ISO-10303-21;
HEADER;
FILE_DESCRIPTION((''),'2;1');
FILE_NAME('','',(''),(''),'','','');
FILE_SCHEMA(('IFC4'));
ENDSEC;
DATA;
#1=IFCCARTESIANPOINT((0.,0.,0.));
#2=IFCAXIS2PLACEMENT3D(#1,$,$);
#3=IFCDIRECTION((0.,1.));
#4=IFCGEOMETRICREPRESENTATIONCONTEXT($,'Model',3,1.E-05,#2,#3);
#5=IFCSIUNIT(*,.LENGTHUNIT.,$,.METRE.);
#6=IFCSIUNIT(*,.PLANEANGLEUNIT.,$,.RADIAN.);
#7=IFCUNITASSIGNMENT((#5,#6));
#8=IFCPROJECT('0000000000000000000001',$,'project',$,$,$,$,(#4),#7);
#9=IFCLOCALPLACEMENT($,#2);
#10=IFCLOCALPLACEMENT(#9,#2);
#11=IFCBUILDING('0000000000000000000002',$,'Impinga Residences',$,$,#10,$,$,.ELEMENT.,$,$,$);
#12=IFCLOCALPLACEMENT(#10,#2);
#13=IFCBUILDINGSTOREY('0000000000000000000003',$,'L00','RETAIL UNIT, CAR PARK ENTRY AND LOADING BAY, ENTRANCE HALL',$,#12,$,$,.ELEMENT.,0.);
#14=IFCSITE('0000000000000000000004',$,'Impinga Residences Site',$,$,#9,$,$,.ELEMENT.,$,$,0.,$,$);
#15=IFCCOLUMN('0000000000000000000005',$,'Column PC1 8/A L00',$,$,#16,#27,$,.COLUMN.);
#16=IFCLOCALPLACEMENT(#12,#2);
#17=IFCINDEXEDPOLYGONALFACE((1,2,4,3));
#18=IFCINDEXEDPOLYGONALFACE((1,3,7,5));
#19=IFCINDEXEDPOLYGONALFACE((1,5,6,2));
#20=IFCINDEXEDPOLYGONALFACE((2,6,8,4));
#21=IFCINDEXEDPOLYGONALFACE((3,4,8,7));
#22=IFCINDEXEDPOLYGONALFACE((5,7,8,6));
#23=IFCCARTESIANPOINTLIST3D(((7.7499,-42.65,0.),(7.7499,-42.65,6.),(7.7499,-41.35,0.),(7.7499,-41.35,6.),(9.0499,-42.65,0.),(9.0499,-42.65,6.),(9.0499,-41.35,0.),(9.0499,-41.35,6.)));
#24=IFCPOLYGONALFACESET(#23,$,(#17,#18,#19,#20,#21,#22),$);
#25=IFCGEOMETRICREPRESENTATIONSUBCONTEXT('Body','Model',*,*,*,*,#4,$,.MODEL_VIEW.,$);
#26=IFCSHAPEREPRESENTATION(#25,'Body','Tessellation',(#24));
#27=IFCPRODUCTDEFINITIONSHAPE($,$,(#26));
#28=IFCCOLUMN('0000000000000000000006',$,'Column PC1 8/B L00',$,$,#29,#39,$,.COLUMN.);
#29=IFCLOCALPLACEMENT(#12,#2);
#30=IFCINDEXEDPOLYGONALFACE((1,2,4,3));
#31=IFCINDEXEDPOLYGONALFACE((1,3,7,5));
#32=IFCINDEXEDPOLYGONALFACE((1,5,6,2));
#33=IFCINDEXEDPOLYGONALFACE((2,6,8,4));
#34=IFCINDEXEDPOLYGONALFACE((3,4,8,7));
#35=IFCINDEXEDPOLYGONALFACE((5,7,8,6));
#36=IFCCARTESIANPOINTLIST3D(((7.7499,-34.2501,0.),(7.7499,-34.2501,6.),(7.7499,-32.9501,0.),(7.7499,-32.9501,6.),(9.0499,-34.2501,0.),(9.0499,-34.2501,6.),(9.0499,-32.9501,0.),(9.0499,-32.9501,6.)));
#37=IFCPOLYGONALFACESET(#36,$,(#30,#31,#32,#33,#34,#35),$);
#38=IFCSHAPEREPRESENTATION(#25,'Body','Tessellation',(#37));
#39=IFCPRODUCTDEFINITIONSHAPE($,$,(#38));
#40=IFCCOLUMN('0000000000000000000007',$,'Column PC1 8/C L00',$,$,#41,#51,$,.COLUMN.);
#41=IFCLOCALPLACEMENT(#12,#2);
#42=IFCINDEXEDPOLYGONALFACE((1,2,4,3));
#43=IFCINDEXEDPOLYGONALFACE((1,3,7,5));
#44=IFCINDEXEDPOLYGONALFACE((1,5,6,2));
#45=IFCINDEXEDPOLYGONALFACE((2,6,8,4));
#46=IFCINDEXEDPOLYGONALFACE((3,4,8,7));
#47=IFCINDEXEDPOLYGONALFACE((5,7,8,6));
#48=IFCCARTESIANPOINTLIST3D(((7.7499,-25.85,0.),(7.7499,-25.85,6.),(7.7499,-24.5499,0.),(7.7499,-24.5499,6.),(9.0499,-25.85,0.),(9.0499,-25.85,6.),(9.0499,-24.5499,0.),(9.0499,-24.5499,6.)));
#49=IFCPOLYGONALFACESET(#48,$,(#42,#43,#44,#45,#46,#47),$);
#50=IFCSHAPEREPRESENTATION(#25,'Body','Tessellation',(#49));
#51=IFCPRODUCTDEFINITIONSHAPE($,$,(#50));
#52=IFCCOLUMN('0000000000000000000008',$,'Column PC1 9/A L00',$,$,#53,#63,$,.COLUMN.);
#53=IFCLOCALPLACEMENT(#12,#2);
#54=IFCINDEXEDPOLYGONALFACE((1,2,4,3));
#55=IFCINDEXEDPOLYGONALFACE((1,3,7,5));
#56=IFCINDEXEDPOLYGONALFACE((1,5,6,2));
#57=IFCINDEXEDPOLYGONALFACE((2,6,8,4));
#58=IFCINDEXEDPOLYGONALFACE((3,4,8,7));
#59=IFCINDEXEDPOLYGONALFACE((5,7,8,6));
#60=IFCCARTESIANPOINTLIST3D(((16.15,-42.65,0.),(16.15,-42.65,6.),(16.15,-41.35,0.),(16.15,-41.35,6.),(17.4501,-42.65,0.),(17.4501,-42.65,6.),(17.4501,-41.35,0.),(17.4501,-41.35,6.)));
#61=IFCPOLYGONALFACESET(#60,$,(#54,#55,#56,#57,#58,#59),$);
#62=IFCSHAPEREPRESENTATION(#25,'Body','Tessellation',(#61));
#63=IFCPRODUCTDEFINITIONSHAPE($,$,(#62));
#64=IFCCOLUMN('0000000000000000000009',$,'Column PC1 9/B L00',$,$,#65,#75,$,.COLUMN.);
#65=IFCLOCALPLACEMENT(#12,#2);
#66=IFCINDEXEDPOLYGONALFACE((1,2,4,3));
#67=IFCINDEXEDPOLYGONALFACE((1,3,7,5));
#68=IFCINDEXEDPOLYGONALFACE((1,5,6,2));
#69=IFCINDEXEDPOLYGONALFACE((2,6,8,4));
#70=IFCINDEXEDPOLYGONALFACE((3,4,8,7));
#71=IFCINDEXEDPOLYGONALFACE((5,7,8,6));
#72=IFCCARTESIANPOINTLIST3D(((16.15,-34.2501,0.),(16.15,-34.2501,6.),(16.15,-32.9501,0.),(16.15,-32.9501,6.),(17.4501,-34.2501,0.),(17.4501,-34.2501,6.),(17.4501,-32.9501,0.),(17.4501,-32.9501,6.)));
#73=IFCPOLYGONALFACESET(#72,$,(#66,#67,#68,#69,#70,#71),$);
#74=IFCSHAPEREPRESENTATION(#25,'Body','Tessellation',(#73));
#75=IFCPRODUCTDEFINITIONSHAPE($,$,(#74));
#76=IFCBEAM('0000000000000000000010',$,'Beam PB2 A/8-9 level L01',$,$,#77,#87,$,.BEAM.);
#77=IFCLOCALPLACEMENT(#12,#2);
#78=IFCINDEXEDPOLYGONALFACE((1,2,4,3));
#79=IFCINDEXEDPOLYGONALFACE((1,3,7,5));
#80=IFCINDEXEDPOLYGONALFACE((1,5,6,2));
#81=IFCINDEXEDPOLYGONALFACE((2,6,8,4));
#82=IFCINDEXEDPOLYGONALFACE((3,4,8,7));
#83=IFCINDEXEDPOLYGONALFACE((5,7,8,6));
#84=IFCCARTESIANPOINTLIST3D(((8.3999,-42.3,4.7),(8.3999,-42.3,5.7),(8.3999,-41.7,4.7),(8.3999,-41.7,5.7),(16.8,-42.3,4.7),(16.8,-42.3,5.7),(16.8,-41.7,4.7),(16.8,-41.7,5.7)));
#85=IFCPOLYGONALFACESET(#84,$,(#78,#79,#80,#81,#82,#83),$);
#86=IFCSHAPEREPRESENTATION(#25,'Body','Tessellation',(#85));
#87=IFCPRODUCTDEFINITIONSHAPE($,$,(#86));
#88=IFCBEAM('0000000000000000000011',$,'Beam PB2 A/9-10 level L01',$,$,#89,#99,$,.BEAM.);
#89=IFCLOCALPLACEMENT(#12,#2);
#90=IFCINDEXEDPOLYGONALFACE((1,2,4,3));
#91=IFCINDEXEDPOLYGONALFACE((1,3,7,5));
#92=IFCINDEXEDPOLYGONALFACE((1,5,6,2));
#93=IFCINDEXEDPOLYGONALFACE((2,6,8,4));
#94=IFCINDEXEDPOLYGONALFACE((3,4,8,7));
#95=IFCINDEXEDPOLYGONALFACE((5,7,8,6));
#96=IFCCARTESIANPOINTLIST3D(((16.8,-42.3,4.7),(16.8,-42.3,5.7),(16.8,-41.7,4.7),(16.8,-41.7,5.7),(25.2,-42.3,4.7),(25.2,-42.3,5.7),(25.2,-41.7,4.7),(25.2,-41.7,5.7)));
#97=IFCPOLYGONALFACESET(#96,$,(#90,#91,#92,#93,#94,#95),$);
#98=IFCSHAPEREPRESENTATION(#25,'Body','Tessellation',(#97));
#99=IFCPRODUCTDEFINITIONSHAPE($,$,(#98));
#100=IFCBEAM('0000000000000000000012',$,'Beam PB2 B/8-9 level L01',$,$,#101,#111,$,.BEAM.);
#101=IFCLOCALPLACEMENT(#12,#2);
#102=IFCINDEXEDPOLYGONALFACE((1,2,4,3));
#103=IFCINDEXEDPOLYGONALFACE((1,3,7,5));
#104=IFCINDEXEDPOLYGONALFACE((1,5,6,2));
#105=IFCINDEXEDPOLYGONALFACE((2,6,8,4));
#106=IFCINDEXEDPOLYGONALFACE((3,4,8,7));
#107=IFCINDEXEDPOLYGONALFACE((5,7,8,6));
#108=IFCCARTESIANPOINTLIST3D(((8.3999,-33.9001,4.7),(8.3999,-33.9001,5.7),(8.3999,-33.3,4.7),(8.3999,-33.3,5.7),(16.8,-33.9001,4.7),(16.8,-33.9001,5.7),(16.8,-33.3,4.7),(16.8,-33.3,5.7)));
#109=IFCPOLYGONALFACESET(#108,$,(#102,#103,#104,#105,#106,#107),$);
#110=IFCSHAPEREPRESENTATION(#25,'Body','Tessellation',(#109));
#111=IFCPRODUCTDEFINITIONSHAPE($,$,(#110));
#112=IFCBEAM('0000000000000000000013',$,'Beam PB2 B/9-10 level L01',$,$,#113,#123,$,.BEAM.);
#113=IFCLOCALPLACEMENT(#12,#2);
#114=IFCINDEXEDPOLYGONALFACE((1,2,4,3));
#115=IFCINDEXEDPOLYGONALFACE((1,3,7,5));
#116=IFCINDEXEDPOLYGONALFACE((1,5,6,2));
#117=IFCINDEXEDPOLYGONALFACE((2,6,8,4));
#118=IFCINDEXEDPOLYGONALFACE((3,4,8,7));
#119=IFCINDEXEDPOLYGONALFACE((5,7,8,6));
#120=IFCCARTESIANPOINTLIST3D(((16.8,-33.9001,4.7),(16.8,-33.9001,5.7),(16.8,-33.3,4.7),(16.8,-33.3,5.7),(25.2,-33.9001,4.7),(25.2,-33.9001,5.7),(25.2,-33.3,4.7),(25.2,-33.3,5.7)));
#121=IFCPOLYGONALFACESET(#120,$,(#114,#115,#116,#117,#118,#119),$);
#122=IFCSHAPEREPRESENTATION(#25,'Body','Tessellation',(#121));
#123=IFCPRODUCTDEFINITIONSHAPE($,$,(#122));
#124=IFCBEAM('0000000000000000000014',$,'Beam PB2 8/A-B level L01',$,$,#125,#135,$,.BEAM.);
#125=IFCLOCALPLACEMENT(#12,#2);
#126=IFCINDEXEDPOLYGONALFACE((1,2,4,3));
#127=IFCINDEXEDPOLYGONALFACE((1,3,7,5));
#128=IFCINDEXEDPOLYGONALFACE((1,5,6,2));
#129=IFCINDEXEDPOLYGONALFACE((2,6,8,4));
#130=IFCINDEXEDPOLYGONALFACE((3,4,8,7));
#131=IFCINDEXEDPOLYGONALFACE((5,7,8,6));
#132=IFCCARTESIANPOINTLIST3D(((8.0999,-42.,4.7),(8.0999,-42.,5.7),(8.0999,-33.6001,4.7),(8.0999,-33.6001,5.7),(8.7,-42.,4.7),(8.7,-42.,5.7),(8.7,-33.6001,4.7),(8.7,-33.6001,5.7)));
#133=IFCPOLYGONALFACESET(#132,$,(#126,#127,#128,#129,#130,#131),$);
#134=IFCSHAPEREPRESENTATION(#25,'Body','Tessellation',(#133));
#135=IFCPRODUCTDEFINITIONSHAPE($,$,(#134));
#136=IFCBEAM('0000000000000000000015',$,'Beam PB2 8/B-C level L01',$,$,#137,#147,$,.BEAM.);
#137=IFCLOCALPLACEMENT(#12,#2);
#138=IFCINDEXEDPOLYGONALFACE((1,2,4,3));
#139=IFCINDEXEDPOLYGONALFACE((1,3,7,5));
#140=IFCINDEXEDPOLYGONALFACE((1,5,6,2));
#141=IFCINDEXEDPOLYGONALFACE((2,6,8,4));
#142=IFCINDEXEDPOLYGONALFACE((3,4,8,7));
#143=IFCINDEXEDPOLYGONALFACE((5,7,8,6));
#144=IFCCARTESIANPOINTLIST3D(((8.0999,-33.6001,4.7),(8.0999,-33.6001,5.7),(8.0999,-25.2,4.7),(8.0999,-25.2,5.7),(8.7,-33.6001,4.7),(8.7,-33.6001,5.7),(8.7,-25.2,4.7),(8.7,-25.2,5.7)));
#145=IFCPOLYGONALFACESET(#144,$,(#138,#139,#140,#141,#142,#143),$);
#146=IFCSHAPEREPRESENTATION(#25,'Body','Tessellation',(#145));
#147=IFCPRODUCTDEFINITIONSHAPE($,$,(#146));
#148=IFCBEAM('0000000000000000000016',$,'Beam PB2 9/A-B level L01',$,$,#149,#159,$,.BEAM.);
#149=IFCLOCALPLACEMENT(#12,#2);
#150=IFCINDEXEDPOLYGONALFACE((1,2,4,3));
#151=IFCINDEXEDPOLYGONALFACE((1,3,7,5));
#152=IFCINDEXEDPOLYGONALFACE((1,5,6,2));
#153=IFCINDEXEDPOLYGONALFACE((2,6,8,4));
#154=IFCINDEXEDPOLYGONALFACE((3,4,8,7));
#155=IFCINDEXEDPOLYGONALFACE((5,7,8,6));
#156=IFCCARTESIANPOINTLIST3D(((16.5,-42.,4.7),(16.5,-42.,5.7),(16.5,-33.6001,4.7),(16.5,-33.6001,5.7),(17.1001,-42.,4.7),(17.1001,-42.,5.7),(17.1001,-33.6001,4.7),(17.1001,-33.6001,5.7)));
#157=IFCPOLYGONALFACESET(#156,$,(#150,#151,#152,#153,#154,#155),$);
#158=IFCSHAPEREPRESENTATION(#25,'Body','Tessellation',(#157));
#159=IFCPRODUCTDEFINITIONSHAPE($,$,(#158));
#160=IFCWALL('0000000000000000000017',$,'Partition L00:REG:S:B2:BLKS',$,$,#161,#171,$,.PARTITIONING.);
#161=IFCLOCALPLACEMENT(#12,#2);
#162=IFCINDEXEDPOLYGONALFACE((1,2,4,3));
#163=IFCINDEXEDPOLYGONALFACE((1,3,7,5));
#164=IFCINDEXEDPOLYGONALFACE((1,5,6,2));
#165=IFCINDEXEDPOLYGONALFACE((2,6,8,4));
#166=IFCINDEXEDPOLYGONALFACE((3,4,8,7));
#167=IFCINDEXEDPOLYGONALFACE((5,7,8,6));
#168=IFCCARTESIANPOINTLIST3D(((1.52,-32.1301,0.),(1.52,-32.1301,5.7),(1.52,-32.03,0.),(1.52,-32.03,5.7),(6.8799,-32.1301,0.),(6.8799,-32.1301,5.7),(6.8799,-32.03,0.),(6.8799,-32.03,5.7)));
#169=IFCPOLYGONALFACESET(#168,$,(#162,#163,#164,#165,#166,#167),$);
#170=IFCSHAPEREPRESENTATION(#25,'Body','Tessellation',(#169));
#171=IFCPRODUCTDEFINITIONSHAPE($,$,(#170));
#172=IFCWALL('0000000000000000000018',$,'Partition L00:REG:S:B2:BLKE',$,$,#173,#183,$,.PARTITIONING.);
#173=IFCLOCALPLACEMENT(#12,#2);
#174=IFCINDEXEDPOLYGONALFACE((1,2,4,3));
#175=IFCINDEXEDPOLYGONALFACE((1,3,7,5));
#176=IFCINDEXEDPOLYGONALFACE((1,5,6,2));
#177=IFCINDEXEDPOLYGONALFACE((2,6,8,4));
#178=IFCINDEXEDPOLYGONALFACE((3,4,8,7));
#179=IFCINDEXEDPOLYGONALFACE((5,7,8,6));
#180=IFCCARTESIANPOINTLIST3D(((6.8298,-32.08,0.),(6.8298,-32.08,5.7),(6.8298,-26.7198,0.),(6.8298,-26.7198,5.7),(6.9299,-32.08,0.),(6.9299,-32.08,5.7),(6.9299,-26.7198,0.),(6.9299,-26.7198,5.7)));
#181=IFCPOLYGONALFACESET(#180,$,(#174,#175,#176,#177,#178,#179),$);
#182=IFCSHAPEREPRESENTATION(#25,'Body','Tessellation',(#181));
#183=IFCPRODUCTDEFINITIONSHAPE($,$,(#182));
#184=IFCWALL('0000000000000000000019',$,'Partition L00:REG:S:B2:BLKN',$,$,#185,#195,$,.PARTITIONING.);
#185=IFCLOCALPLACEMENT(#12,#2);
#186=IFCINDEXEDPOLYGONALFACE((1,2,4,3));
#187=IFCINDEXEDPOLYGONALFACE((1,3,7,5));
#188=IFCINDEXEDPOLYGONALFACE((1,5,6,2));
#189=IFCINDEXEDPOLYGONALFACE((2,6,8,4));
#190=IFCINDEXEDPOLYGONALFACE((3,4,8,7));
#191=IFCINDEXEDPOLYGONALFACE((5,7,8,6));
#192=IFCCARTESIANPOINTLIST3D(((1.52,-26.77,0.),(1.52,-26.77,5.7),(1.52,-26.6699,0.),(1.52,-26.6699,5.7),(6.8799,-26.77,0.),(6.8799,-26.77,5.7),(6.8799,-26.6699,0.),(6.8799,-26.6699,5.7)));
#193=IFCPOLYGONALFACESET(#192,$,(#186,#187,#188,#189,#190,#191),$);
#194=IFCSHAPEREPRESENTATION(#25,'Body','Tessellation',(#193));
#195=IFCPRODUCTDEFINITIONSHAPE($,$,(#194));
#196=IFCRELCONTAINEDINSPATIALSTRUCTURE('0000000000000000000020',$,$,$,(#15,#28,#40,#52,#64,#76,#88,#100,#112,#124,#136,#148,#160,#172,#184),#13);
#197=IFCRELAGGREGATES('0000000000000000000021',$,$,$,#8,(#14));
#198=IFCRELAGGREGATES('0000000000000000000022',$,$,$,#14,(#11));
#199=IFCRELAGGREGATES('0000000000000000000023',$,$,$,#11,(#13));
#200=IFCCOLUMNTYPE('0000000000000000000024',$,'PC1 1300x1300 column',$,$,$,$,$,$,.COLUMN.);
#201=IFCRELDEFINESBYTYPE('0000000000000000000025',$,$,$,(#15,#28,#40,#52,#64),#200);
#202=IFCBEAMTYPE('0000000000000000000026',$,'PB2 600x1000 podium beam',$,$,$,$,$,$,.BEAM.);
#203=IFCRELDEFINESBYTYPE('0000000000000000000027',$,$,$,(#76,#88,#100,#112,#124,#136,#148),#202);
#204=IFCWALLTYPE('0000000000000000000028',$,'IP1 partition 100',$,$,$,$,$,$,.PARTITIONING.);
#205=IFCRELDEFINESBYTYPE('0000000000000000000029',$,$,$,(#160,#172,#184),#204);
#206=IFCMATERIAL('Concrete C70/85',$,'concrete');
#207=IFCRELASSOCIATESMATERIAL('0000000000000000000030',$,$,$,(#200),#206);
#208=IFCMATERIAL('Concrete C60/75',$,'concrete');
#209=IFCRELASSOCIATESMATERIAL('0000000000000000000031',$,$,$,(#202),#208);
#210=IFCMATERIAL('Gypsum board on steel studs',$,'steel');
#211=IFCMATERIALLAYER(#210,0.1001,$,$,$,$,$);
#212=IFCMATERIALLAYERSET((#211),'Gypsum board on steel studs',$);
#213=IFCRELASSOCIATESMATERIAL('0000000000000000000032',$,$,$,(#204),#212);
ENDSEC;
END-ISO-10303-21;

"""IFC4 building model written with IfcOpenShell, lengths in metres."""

from ifc_helpers import new_model, si_unit, direction, frame, frame_2d, origin, origin_2d, place, context, subcontext, project, spatial, rectangle, extrude, material, layer, layer_set, material_profile, profile_set, type_object, element, save


model = new_model("IFC4")

# Units and contexts
model_context = context("Model", 3, precision=1e-05, world=origin(), true_north=direction((0.0, 1.0)))
body_context = subcontext(model_context, "Body", "Model", "MODEL_VIEW")
ifc_project = project(units=[si_unit("LENGTHUNIT", "METRE"), si_unit("PLANEANGLEUNIT", "RADIAN")], contexts=[model_context])

# Site, building, storey
site_placement = place(None, origin())
site = spatial("IfcSite", under=ifc_project, at=site_placement, Name="Impinga Residences Site", CompositionType="ELEMENT", RefElevation=0.0)
building_placement = place(site_placement, origin())
building = spatial("IfcBuilding", under=site, at=building_placement, Name="Impinga Residences", CompositionType="ELEMENT")
storey_placement = place(building_placement, origin())
storey = spatial("IfcBuildingStorey", under=building, at=storey_placement, Name="L00", Description="RETAIL UNIT, CAR PARK ENTRY AND LOADING BAY, ENTRANCE HALL", CompositionType="ELEMENT", Elevation=0.0)

# Columns
ifc_material_1 = material(Name="Concrete C70/85", Category="concrete")
ifc_material_profile_1 = material_profile(ifc_material_1, rectangle(XDim=1.3, YDim=1.3, at=origin_2d()), Name="RC 1300x1300")
ifc_profile_set_1 = profile_set([ifc_material_profile_1], Name="Concrete C70/85")
column_type = type_object("IfcColumnType", Name="PC1 1300x1300 column", PredefinedType="COLUMN", material=ifc_profile_set_1)
for number, where, z_axis, x_axis, name in (
    (1, (8.3999, -42.0, 0.0), (0.0, 0.0, 1.0), (1.0, 0.0, 0.0), "Column PC1 8/A L00"),
    (2, (8.3999, -33.6001, 0.0), (0.0, 0.0, 1.0), (1.0, 0.0, 0.0), "Column PC1 8/B L00"),
    (3, (8.3999, -25.2, 0.0), (0.0, 0.0, 1.0), (1.0, 0.0, 0.0), "Column PC1 8/C L00"),
    (4, (16.8, -42.0, 0.0), (0.0, 0.0, 1.0), (1.0, 0.0, 0.0), "Column PC1 9/A L00"),
    (5, (16.8, -33.6001, 0.0), (0.0, 0.0, 1.0), (1.0, 0.0, 0.0), "Column PC1 9/B L00"),
):
    element("IfcColumn", number, at=place(storey_placement, frame(where, z_axis=z_axis, x_axis=x_axis)), inside=storey, type_object=column_type, Name=name, PredefinedType="COLUMN", context=body_context, shape_type="SweptSolid", body=[
        extrude(rectangle(XDim=1.3, YDim=1.3, at=origin_2d()), origin(), (0.0, 0.0, 1.0), 6.0),
    ])

# Beams
ifc_material_2 = material(Name="Concrete C60/75", Category="concrete")
ifc_material_profile_2 = material_profile(ifc_material_2, rectangle(XDim=0.6001, YDim=1.0, at=origin_2d()), Name="RC 600x1000")
ifc_profile_set_2 = profile_set([ifc_material_profile_2], Name="Concrete C60/75")
beam_type = type_object("IfcBeamType", Name="PB2 600x1000 podium beam", PredefinedType="BEAM", material=ifc_profile_set_2)
beam_1_placement = place(storey_placement, frame((8.3999, -42.0, 5.2), z_axis=(1.0, 0.0, 0.0), x_axis=(0.0, 1.0, 0.0)))
element("IfcBeam", 6, at=beam_1_placement, inside=storey, type_object=beam_type, Name="Beam PB2 A/8-9 level L01", PredefinedType="BEAM", context=body_context, shape_type="SweptSolid", body=[
    extrude(rectangle(XDim=0.6001, YDim=1.0, at=origin_2d()), origin(), (0.0, 0.0, 1.0), 8.4001),
])
beam_2_placement = place(storey_placement, frame((16.8, -42.0, 5.2), z_axis=(1.0, 0.0, 0.0), x_axis=(0.0, 1.0, 0.0)))
element("IfcBeam", 7, at=beam_2_placement, inside=storey, type_object=beam_type, Name="Beam PB2 A/9-10 level L01", PredefinedType="BEAM", context=body_context, shape_type="SweptSolid", body=[
    extrude(rectangle(XDim=0.6001, YDim=1.0, at=origin_2d()), origin(), (0.0, 0.0, 1.0), 8.3999),
])
beam_3_placement = place(storey_placement, frame((8.3999, -33.6001, 5.2), z_axis=(1.0, 0.0, 0.0), x_axis=(0.0, 1.0, 0.0)))
element("IfcBeam", 8, at=beam_3_placement, inside=storey, type_object=beam_type, Name="Beam PB2 B/8-9 level L01", PredefinedType="BEAM", context=body_context, shape_type="SweptSolid", body=[
    extrude(rectangle(XDim=0.6001, YDim=1.0, at=origin_2d()), origin(), (0.0, 0.0, 1.0), 8.4001),
])
for number, where, z_axis, x_axis, name in (
    (9, (16.8, -33.6001, 5.2), (1.0, 0.0, 0.0), (0.0, 1.0, 0.0), "Beam PB2 B/9-10 level L01"),
    (10, (8.3999, -42.0, 5.2), (0.0, 1.0, 0.0), (-1.0, 0.0, 0.0), "Beam PB2 8/A-B level L01"),
):
    element("IfcBeam", number, at=place(storey_placement, frame(where, z_axis=z_axis, x_axis=x_axis)), inside=storey, type_object=beam_type, Name=name, PredefinedType="BEAM", context=body_context, shape_type="SweptSolid", body=[
        extrude(rectangle(XDim=0.6001, YDim=1.0, at=origin_2d()), origin(), (0.0, 0.0, 1.0), 8.3999),
    ])
beam_4_placement = place(storey_placement, frame((8.3999, -33.6001, 5.2), z_axis=(0.0, 1.0, 0.0), x_axis=(-1.0, 0.0, 0.0)))
element("IfcBeam", 11, at=beam_4_placement, inside=storey, type_object=beam_type, Name="Beam PB2 8/B-C level L01", PredefinedType="BEAM", context=body_context, shape_type="SweptSolid", body=[
    extrude(rectangle(XDim=0.6001, YDim=1.0, at=origin_2d()), origin(), (0.0, 0.0, 1.0), 8.4001),
])
beam_5_placement = place(storey_placement, frame((16.8, -42.0, 5.2), z_axis=(0.0, 1.0, 0.0), x_axis=(-1.0, 0.0, 0.0)))
element("IfcBeam", 12, at=beam_5_placement, inside=storey, type_object=beam_type, Name="Beam PB2 9/A-B level L01", PredefinedType="BEAM", context=body_context, shape_type="SweptSolid", body=[
    extrude(rectangle(XDim=0.6001, YDim=1.0, at=origin_2d()), origin(), (0.0, 0.0, 1.0), 8.3999),
])

# Walls
ifc_material_3 = material(Name="Gypsum board on steel studs", Category="steel")
ifc_layer = layer(ifc_material_3, 0.1001)
ifc_layer_set = layer_set([ifc_layer], Name="Gypsum board on steel studs")
wall_type = type_object("IfcWallType", Name="IP1 partition 100", PredefinedType="PARTITIONING", material=ifc_layer_set)
wall_1_placement = place(storey_placement, frame((1.52, -32.0801, 0.0), z_axis=(0.0, 0.0, 1.0), x_axis=(1.0, 0.0, 0.0)))
element("IfcWall", 13, at=wall_1_placement, inside=storey, type_object=wall_type, Name="Partition L00:REG:S:B2:BLKS", PredefinedType="PARTITIONING", context=body_context, shape_type="SweptSolid", body=[
    extrude(rectangle(XDim=5.3599, YDim=0.1001, at=frame_2d((2.6799, 0.0))), origin(), (0.0, 0.0, 1.0), 5.7),
])
wall_2_placement = place(storey_placement, frame((6.8799, -32.0801, 0.0), z_axis=(0.0, 0.0, 1.0), x_axis=(0.0, 1.0, 0.0)))
element("IfcWall", 14, at=wall_2_placement, inside=storey, type_object=wall_type, Name="Partition L00:REG:S:B2:BLKE", PredefinedType="PARTITIONING", context=body_context, shape_type="SweptSolid", body=[
    extrude(rectangle(XDim=5.3601, YDim=0.1001, at=frame_2d((2.6802, 0.0))), origin(), (0.0, 0.0, 1.0), 5.7),
])
wall_3_placement = place(storey_placement, frame((6.8799, -26.72, 0.0), z_axis=(0.0, 0.0, 1.0), x_axis=(-1.0, 0.0, 0.0)))
element("IfcWall", 15, at=wall_3_placement, inside=storey, type_object=wall_type, Name="Partition L00:REG:S:B2:BLKN", PredefinedType="PARTITIONING", context=body_context, shape_type="SweptSolid", body=[
    extrude(rectangle(XDim=5.3599, YDim=0.1001, at=frame_2d((2.6799, 0.0))), origin(), (0.0, 0.0, 1.0), 5.7),
])

save(model, "model.ifc")
